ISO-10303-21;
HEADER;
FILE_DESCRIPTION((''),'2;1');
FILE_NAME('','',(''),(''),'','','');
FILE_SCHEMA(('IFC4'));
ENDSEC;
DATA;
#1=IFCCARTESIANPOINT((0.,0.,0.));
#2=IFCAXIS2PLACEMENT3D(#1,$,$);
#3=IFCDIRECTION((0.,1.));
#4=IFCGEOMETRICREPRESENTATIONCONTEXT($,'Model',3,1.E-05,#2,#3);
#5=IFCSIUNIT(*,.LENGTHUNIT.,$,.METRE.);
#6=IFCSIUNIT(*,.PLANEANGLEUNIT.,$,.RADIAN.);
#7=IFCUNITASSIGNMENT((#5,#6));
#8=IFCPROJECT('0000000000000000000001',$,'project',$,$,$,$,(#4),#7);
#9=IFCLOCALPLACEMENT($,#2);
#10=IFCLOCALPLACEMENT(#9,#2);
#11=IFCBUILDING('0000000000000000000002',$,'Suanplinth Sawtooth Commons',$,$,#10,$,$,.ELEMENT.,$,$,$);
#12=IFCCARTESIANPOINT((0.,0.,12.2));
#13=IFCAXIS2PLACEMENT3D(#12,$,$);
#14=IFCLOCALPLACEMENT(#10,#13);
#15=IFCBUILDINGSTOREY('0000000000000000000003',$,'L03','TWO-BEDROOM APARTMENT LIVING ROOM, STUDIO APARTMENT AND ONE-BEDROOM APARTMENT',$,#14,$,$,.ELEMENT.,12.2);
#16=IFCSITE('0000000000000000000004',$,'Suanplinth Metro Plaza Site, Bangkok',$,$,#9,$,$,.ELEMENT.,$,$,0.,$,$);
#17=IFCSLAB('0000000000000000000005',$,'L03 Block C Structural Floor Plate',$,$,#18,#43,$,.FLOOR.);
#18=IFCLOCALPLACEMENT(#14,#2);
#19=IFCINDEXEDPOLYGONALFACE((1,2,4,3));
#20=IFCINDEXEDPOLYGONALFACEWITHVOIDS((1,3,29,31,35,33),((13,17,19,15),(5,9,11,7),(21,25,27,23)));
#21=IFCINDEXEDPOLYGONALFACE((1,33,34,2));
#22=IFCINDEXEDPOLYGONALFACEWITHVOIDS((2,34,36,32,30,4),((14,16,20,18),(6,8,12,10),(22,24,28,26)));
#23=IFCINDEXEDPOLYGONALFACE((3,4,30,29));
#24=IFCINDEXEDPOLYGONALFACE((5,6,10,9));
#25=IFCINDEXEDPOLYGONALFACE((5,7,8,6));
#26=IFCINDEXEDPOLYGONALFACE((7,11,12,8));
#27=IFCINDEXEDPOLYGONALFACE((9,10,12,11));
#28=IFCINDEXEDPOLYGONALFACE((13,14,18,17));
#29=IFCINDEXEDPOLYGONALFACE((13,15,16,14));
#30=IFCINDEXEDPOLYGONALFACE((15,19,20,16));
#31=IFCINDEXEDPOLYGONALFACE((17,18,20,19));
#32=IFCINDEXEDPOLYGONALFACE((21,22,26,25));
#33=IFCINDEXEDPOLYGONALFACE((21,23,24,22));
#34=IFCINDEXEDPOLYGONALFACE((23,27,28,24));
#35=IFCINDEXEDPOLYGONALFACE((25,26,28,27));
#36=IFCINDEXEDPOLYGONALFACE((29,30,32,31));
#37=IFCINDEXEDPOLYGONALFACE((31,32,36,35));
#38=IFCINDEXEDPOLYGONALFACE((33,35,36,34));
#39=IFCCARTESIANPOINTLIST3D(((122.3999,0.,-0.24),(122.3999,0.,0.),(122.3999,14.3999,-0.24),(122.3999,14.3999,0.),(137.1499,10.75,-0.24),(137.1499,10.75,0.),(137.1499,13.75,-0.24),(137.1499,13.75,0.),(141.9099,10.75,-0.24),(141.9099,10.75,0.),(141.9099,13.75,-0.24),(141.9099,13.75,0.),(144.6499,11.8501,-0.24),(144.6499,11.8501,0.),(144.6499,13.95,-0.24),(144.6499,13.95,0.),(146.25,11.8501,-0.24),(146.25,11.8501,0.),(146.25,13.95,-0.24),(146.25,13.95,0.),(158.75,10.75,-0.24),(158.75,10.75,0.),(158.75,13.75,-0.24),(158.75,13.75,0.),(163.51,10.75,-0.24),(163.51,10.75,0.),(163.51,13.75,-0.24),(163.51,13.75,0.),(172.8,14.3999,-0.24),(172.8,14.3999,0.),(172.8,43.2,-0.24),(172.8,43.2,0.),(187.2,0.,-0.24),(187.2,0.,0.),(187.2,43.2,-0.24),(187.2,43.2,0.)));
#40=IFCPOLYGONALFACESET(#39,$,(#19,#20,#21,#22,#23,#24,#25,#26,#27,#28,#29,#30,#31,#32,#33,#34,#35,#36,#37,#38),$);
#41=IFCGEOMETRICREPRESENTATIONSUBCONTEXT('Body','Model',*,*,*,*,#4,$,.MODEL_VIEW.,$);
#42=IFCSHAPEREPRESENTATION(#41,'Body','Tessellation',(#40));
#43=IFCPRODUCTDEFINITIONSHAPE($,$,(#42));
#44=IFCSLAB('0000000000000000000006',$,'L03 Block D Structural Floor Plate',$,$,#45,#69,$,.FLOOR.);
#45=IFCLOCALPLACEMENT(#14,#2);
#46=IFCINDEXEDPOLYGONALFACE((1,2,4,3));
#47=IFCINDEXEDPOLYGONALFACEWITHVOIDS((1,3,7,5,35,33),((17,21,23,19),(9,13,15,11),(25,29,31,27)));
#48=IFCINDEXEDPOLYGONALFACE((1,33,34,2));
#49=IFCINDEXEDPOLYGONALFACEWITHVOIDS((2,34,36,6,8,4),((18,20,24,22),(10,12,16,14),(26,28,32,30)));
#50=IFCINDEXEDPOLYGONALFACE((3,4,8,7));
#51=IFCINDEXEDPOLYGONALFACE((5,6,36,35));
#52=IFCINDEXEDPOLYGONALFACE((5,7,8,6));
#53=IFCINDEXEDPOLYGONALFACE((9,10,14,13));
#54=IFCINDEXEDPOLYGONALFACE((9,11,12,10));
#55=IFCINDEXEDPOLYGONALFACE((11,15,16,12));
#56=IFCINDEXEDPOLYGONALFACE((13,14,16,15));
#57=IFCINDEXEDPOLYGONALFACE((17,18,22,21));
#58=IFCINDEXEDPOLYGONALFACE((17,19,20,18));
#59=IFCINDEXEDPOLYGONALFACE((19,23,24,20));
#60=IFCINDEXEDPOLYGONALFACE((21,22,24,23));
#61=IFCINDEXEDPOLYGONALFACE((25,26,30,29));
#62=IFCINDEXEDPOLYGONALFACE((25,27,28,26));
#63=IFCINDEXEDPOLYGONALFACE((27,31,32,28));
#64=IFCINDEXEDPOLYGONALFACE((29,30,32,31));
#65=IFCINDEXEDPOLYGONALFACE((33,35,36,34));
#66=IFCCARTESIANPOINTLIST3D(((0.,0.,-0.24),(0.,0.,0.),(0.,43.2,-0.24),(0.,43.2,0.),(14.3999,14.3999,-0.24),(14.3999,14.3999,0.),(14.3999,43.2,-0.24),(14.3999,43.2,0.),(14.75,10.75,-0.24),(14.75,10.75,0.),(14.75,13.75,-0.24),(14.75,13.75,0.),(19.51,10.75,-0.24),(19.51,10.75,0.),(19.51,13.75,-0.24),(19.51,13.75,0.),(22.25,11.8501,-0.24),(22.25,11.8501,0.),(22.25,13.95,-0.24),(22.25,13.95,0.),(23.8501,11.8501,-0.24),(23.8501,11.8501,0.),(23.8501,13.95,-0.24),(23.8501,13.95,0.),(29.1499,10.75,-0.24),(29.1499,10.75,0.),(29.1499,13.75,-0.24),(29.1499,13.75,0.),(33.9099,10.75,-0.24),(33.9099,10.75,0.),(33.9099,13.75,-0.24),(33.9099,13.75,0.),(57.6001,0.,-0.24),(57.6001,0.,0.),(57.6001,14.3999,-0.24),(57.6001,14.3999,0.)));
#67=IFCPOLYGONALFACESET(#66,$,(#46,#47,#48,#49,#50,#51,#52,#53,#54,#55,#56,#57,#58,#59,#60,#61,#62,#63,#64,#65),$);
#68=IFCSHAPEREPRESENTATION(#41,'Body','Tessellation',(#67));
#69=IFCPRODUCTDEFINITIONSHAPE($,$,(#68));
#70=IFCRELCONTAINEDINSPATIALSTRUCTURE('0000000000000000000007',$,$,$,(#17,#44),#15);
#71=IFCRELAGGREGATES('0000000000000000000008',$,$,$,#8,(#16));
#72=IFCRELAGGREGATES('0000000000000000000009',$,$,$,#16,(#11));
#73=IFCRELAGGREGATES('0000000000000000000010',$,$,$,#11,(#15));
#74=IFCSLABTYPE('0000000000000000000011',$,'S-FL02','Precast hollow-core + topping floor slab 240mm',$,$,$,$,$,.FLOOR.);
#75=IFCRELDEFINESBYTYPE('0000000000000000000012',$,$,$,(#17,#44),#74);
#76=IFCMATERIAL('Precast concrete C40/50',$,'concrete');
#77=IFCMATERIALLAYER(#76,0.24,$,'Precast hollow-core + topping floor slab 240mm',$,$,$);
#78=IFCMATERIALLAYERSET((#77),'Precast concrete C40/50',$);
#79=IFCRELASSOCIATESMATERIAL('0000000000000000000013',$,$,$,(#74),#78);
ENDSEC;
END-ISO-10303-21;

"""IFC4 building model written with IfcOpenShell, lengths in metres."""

from ifc_helpers import new_model, si_unit, direction, frame, origin, place, context, subcontext, project, spatial, polyline, outline, extrude, material, layer, layer_set, type_object, element, save


model = new_model("IFC4")

# Units and contexts
model_context = context("Model", 3, precision=1e-05, world=origin(), true_north=direction((0.0, 1.0)))
body_context = subcontext(model_context, "Body", "Model", "MODEL_VIEW")
ifc_project = project(units=[si_unit("LENGTHUNIT", "METRE"), si_unit("PLANEANGLEUNIT", "RADIAN")], contexts=[model_context])

# Site, building, storey
site_placement = place(None, origin())
site = spatial("IfcSite", under=ifc_project, at=site_placement, Name="Suanplinth Metro Plaza Site, Bangkok", CompositionType="ELEMENT", RefElevation=0.0)
building_placement = place(site_placement, origin())
building = spatial("IfcBuilding", under=site, at=building_placement, Name="Suanplinth Sawtooth Commons", CompositionType="ELEMENT")
storey_placement = place(building_placement, frame((0.0, 0.0, 12.2)))
storey = spatial("IfcBuildingStorey", under=building, at=storey_placement, Name="L03", Description="TWO-BEDROOM APARTMENT LIVING ROOM, STUDIO APARTMENT AND ONE-BEDROOM APARTMENT", CompositionType="ELEMENT", Elevation=12.2)

# Shared definitions
ifc_material_1 = material(Name="Precast concrete C40/50", Category="concrete")

# Slabs
ifc_layer_1 = layer(ifc_material_1, 0.24, Name="Precast hollow-core + topping floor slab 240mm")
ifc_layer_set_1 = layer_set([ifc_layer_1], Name="Precast concrete C40/50")
slab_type_1 = type_object("IfcSlabType", Name="S-FL02", Description="Precast hollow-core + topping floor slab 240mm", PredefinedType="FLOOR", material=ifc_layer_set_1)
slab_1_placement = place(storey_placement, frame((0.0, 0.0, -0.24)))
element("IfcSlab", 1, at=slab_1_placement, inside=storey, type_object=slab_type_1, Name="L03 Block C Structural Floor Plate", PredefinedType="FLOOR", context=body_context, shape_type="SweptSolid", body=[
    extrude(outline(polyline([(187.2, 0.0), (122.3999, 0.0), (122.3999, 14.3999), (172.8, 14.3999), (172.8, 43.2), (187.2, 43.2), (187.2, 0.0)]), holes=[polyline([(137.1499, 10.75), (141.9099, 10.75), (141.9099, 13.75), (137.1499, 13.75), (137.1499, 10.75)]), polyline([(144.6499, 11.8501), (146.25, 11.8501), (146.25, 13.95), (144.6499, 13.95), (144.6499, 11.8501)]), polyline([(158.75, 10.75), (163.51, 10.75), (163.51, 13.75), (158.75, 13.75), (158.75, 10.75)])]), origin(), (0.0, 0.0, 1.0), 0.24),
])
slab_2_placement = place(storey_placement, frame((0.0, 0.0, -0.24)))
element("IfcSlab", 2, at=slab_2_placement, inside=storey, type_object=slab_type_1, Name="L03 Block D Structural Floor Plate", PredefinedType="FLOOR", context=body_context, shape_type="SweptSolid", body=[
    extrude(outline(polyline([(0.0, 0.0), (0.0, 43.2), (14.3999, 43.2), (14.3999, 14.3999), (57.6001, 14.3999), (57.6001, 0.0), (0.0, 0.0)]), holes=[polyline([(14.75, 10.75), (19.51, 10.75), (19.51, 13.75), (14.75, 13.75), (14.75, 10.75)]), polyline([(22.25, 11.8501), (23.8501, 11.8501), (23.8501, 13.95), (22.25, 13.95), (22.25, 11.8501)]), polyline([(29.1499, 10.75), (33.9099, 10.75), (33.9099, 13.75), (29.1499, 13.75), (29.1499, 10.75)])]), origin(), (0.0, 0.0, 1.0), 0.24),
])

save(model, "model.ifc")
